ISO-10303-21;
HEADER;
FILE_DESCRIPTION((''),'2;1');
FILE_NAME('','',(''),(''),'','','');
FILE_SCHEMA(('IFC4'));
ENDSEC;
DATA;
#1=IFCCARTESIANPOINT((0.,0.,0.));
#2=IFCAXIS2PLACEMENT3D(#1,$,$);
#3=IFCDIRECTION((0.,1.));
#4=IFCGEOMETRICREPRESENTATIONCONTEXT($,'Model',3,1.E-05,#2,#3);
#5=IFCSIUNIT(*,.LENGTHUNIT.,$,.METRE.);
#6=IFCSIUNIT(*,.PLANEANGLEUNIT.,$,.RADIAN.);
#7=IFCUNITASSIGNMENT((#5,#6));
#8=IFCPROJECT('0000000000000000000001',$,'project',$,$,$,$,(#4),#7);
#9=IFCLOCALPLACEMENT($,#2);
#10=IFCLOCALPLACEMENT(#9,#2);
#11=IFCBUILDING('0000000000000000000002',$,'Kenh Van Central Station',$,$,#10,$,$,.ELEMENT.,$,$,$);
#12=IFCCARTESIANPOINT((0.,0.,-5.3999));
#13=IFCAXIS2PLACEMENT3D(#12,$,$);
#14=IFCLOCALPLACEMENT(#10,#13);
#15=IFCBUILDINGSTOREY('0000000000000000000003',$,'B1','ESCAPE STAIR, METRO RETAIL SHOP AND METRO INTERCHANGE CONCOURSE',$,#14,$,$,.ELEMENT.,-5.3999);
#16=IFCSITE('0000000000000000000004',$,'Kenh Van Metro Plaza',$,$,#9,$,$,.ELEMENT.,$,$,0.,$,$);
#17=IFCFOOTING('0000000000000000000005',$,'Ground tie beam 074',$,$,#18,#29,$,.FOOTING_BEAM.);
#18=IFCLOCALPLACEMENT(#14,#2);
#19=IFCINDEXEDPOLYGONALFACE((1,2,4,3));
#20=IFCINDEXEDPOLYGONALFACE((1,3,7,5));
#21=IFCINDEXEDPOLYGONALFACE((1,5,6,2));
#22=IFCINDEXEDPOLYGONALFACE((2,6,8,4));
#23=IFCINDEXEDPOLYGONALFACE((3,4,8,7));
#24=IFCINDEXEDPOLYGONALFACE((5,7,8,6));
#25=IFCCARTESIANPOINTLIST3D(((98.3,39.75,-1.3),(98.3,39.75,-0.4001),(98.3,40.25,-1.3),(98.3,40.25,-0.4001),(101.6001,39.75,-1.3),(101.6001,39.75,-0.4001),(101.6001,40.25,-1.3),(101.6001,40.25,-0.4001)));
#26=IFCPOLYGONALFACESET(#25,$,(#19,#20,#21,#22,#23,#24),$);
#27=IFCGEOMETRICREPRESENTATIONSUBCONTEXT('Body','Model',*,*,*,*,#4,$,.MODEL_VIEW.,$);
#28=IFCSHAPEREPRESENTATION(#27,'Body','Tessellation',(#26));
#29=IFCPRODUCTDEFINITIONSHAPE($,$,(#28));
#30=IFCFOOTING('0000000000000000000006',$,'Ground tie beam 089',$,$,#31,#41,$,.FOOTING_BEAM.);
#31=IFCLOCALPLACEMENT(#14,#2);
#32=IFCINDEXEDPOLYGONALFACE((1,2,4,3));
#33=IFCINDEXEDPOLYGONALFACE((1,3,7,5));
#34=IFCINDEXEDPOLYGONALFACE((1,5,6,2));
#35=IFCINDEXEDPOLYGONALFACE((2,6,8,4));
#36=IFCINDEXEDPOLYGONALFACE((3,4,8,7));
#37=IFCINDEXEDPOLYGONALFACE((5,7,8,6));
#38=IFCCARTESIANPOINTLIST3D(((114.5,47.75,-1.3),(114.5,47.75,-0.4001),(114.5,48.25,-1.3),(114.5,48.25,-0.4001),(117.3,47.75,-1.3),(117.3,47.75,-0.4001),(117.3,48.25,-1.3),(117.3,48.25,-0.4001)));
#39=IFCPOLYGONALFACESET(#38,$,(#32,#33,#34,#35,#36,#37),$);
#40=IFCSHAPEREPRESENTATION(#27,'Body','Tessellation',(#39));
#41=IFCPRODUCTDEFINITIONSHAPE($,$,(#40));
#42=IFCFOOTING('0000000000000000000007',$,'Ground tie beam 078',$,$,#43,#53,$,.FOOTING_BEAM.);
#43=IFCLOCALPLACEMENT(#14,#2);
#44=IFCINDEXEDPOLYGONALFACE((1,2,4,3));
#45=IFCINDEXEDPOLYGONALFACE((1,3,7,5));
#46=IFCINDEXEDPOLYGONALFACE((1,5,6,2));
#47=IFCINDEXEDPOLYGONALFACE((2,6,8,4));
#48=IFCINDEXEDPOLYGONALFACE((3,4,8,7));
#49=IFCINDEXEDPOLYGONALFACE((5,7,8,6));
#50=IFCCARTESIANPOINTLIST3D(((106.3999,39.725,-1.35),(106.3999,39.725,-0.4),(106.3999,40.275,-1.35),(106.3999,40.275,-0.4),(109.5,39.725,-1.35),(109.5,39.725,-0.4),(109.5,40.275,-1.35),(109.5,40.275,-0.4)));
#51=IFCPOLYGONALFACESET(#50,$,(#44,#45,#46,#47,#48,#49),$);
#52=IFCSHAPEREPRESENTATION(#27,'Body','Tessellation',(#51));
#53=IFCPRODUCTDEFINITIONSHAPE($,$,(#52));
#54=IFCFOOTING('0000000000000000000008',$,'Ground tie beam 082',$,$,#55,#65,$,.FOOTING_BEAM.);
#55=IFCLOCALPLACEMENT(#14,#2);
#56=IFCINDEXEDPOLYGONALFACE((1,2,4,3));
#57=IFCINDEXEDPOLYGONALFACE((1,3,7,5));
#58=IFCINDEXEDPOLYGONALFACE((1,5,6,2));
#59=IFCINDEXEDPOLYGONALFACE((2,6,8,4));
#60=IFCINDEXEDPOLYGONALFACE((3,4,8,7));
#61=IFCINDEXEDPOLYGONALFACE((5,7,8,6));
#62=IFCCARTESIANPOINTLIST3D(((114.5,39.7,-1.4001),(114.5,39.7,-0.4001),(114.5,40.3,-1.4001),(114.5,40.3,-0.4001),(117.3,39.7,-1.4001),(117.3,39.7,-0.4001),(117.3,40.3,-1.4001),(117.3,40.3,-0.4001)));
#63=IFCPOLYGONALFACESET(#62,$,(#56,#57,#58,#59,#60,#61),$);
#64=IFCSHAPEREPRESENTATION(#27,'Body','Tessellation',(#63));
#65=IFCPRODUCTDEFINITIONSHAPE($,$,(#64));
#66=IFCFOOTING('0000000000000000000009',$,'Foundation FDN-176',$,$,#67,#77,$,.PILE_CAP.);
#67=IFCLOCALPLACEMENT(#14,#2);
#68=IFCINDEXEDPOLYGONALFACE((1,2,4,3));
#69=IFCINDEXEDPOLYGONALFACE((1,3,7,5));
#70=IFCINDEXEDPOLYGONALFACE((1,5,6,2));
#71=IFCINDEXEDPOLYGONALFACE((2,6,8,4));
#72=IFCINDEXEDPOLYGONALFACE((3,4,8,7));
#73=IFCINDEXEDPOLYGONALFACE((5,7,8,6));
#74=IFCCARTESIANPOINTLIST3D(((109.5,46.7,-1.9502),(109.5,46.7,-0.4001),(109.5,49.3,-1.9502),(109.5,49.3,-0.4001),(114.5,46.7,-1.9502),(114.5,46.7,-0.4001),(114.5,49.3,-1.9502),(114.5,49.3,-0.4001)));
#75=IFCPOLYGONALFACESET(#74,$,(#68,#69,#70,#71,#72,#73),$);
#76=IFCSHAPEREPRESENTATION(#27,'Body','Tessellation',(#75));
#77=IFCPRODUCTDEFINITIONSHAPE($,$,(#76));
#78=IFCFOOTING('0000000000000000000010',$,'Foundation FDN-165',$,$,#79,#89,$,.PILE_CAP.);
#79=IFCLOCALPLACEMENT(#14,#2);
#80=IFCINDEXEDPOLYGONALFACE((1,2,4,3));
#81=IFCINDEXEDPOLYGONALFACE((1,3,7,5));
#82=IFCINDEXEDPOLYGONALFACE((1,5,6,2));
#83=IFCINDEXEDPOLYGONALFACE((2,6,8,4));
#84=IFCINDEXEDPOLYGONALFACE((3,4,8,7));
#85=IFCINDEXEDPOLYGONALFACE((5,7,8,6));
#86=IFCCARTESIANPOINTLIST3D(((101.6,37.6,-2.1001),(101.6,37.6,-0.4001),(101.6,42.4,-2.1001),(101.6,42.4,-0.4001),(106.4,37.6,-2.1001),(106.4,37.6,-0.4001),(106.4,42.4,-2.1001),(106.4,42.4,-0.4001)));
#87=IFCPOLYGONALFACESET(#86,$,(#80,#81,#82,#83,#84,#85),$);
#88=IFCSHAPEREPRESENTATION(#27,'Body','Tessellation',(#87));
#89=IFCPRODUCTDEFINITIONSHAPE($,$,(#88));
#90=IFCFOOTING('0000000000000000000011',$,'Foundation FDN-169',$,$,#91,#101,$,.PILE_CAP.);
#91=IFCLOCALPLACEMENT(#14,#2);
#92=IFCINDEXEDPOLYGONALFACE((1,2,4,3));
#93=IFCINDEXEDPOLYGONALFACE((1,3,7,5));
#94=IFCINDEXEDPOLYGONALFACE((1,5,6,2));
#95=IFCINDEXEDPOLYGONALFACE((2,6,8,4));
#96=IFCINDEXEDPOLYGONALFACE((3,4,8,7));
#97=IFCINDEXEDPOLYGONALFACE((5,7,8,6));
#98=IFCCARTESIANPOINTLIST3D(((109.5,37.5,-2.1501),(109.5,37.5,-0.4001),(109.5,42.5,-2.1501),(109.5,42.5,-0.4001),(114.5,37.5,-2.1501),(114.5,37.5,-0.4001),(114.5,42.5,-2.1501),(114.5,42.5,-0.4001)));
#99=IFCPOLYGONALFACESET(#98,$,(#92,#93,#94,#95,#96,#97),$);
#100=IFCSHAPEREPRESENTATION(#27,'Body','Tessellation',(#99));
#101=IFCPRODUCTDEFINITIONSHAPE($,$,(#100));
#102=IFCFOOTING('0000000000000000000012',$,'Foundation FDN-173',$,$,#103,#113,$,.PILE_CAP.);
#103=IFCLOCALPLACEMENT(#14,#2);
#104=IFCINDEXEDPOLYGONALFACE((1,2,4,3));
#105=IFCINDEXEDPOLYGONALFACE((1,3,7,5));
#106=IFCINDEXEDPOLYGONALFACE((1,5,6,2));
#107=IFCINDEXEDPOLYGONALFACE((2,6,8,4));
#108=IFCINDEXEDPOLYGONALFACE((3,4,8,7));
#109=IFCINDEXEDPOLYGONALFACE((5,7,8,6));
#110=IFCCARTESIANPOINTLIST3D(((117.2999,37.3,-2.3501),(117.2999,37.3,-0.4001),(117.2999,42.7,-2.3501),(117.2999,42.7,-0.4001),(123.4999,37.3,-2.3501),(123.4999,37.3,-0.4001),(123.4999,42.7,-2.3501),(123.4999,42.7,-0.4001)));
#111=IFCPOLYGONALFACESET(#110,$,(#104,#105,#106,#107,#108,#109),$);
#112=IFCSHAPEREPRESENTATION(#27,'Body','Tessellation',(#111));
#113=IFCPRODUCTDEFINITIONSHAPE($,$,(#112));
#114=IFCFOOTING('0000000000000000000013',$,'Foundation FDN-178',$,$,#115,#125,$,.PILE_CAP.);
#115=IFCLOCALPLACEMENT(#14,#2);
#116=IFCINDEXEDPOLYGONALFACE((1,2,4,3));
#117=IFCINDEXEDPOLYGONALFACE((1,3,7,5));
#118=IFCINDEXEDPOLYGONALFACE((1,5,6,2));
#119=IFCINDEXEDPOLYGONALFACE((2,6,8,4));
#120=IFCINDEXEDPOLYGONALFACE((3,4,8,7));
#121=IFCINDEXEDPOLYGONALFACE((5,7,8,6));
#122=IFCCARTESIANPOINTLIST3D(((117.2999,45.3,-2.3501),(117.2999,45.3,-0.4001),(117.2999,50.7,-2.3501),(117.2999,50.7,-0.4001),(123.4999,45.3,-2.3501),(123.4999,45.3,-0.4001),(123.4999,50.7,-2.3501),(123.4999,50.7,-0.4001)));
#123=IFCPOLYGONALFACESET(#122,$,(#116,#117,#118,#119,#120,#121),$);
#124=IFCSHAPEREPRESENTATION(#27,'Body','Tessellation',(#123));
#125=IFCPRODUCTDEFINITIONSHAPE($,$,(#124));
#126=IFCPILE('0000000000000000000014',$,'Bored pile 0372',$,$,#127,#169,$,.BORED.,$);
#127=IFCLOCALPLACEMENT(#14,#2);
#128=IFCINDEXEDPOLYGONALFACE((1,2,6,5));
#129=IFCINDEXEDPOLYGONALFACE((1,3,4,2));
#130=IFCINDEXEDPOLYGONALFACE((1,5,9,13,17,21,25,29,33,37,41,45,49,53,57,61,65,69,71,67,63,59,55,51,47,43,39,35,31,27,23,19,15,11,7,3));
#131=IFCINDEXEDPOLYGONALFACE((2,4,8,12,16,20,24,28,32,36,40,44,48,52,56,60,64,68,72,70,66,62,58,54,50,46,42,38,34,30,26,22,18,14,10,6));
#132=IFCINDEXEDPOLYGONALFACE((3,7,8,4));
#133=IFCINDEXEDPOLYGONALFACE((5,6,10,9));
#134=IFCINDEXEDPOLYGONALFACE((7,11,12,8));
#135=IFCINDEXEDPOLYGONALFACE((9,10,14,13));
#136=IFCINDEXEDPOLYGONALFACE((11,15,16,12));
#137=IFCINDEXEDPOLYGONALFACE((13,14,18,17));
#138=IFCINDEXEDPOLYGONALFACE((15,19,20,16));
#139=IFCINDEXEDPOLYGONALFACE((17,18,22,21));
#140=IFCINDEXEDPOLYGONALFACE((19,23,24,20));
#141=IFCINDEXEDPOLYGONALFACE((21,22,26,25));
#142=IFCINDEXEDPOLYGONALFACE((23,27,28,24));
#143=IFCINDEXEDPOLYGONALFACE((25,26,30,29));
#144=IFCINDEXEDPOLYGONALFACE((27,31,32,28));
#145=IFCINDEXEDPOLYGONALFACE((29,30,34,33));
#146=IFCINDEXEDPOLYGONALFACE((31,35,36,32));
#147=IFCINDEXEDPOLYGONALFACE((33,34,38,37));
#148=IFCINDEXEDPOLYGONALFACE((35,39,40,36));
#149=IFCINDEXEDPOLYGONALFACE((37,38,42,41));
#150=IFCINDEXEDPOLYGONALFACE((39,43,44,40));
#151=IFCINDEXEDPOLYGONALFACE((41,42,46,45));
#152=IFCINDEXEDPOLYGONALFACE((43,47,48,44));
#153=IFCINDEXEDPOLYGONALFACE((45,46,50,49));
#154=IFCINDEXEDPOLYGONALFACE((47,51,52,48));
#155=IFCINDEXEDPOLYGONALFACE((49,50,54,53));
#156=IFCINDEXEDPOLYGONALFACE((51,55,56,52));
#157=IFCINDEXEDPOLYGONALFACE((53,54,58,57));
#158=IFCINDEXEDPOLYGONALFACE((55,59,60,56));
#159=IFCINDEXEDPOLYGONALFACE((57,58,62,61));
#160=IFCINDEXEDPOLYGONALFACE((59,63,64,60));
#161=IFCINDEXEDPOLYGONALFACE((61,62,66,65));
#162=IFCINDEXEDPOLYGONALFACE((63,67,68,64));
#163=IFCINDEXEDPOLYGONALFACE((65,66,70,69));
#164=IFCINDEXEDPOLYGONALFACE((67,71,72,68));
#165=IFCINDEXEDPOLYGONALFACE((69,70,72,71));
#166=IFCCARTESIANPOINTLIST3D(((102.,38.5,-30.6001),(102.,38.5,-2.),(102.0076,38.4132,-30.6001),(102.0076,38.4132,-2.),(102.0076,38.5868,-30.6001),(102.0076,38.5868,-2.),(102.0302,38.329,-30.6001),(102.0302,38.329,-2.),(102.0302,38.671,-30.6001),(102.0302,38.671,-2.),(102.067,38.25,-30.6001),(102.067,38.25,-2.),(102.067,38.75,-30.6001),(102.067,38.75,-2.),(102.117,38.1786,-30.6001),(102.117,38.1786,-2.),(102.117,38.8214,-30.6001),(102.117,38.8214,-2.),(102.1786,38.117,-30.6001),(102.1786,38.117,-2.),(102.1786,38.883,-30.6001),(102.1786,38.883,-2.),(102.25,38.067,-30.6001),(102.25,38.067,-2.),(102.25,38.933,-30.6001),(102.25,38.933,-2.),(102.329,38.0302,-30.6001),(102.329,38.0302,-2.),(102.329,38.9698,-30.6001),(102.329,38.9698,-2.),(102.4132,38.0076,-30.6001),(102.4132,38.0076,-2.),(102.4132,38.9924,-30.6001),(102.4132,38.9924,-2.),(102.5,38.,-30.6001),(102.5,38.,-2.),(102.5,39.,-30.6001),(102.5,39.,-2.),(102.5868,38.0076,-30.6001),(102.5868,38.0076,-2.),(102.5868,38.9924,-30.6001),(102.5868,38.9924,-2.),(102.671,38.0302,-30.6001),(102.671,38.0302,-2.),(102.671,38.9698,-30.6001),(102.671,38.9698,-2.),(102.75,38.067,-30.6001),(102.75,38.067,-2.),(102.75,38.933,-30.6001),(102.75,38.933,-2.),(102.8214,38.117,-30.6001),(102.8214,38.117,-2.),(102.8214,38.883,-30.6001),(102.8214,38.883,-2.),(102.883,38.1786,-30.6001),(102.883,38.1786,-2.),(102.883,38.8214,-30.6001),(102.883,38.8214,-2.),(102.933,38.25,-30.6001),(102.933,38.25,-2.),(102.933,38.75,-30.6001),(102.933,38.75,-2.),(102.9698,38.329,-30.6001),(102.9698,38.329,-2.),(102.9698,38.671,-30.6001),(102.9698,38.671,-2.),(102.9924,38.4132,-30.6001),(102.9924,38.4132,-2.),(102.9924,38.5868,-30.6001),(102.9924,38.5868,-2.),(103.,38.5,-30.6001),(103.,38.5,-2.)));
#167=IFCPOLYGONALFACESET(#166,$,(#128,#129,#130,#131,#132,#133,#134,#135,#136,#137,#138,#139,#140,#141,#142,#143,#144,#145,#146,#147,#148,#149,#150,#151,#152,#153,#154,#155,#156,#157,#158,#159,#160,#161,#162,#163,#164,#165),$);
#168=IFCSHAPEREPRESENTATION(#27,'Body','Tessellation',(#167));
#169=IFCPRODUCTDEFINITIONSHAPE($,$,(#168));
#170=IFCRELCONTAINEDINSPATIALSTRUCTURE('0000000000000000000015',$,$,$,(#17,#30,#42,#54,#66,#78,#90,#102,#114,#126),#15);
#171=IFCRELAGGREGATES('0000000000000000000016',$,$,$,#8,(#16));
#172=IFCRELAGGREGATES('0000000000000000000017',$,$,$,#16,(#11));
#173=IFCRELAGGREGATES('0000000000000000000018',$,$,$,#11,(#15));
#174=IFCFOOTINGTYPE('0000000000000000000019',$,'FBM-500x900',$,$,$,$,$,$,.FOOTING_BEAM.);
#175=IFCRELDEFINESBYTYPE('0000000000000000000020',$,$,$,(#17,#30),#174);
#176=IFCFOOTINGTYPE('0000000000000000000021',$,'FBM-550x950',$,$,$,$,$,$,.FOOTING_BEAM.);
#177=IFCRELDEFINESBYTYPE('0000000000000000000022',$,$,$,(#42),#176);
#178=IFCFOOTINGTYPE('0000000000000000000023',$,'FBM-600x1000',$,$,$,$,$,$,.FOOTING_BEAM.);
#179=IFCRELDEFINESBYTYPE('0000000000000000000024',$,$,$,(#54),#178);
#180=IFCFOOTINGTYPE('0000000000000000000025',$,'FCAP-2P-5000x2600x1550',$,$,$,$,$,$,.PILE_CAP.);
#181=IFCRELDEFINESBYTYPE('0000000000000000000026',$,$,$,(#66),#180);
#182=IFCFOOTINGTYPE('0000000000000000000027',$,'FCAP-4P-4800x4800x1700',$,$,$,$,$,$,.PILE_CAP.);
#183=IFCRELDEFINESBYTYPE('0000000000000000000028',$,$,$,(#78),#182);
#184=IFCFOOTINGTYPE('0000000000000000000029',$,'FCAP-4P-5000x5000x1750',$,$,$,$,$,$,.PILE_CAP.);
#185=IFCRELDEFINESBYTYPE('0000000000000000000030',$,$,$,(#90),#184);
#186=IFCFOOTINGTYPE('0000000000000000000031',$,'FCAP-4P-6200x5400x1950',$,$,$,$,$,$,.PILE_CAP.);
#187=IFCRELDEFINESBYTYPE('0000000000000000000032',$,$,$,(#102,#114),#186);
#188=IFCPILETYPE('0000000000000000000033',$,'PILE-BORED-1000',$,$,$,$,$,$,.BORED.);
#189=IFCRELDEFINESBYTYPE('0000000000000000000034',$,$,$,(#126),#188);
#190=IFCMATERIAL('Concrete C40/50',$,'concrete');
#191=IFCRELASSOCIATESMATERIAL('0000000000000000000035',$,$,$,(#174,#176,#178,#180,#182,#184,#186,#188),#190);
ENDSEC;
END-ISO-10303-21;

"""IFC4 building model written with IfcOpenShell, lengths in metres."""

from ifc_helpers import new_model, si_unit, direction, frame, origin, origin_2d, place, context, subcontext, project, spatial, rectangle, circle, extrude, material, material_profile, profile_set, type_object, element, save


model = new_model("IFC4")

# Units and contexts
model_context = context("Model", 3, precision=1e-05, world=origin(), true_north=direction((0.0, 1.0)))
body_context = subcontext(model_context, "Body", "Model", "MODEL_VIEW")
ifc_project = project(units=[si_unit("LENGTHUNIT", "METRE"), si_unit("PLANEANGLEUNIT", "RADIAN")], contexts=[model_context])

# Site, building, storey
site_placement = place(None, origin())
site = spatial("IfcSite", under=ifc_project, at=site_placement, Name="Kenh Van Metro Plaza", CompositionType="ELEMENT", RefElevation=0.0)
building_placement = place(site_placement, origin())
building = spatial("IfcBuilding", under=site, at=building_placement, Name="Kenh Van Central Station", CompositionType="ELEMENT")
storey_placement = place(building_placement, frame((0.0, 0.0, -5.3999)))
storey = spatial("IfcBuildingStorey", under=building, at=storey_placement, Name="B1", Description="ESCAPE STAIR, METRO RETAIL SHOP AND METRO INTERCHANGE CONCOURSE", CompositionType="ELEMENT", Elevation=-5.3999)

# Footings
ifc_material_1 = material(Name="Concrete C40/50", Category="concrete")
ifc_material_profile_1 = material_profile(ifc_material_1, rectangle(XDim=0.5, YDim=0.8999, at=origin_2d()), Name="RC 500x900")
ifc_profile_set_1 = profile_set([ifc_material_profile_1], Name="Concrete C40/50")
footing_type_1 = type_object("IfcFootingType", Name="FBM-500x900", PredefinedType="FOOTING_BEAM", material=ifc_profile_set_1)
footing_1_placement = place(storey_placement, frame((98.3, 40.0, -0.8501), z_axis=(1.0, 0.0, 0.0), x_axis=(0.0, 1.0, 0.0)))
element("IfcFooting", 1, at=footing_1_placement, inside=storey, type_object=footing_type_1, Name="Ground tie beam 074", PredefinedType="FOOTING_BEAM", context=body_context, shape_type="SweptSolid", body=[
    extrude(rectangle(XDim=0.5, YDim=0.8999, at=origin_2d()), origin(), (0.0, 0.0, 1.0), 3.3),
])
footing_2_placement = place(storey_placement, frame((114.5, 48.0, -0.8501), z_axis=(1.0, 0.0, 0.0), x_axis=(0.0, 1.0, 0.0)))
element("IfcFooting", 2, at=footing_2_placement, inside=storey, type_object=footing_type_1, Name="Ground tie beam 089", PredefinedType="FOOTING_BEAM", context=body_context, shape_type="SweptSolid", body=[
    extrude(rectangle(XDim=0.5, YDim=0.8999, at=origin_2d()), origin(), (0.0, 0.0, 1.0), 2.8),
])
ifc_material_profile_2 = material_profile(ifc_material_1, rectangle(XDim=0.55, YDim=0.95, at=origin_2d()), Name="RC 550x950")
ifc_profile_set_2 = profile_set([ifc_material_profile_2], Name="Concrete C40/50")
footing_type_2 = type_object("IfcFootingType", Name="FBM-550x950", PredefinedType="FOOTING_BEAM", material=ifc_profile_set_2)
footing_3_placement = place(storey_placement, frame((106.3999, 40.0, -0.875), z_axis=(1.0, 0.0, 0.0), x_axis=(0.0, 1.0, 0.0)))
element("IfcFooting", 3, at=footing_3_placement, inside=storey, type_object=footing_type_2, Name="Ground tie beam 078", PredefinedType="FOOTING_BEAM", context=body_context, shape_type="SweptSolid", body=[
    extrude(rectangle(XDim=0.55, YDim=0.95, at=origin_2d()), origin(), (0.0, 0.0, 1.0), 3.1001),
])
ifc_material_profile_3 = material_profile(ifc_material_1, rectangle(XDim=0.6001, YDim=1.0, at=origin_2d()), Name="RC 600x1000")
ifc_profile_set_3 = profile_set([ifc_material_profile_3], Name="Concrete C40/50")
footing_type_3 = type_object("IfcFootingType", Name="FBM-600x1000", PredefinedType="FOOTING_BEAM", material=ifc_profile_set_3)
footing_4_placement = place(storey_placement, frame((114.5, 40.0, -0.9001), z_axis=(1.0, 0.0, 0.0), x_axis=(0.0, 1.0, 0.0)))
element("IfcFooting", 4, at=footing_4_placement, inside=storey, type_object=footing_type_3, Name="Ground tie beam 082", PredefinedType="FOOTING_BEAM", context=body_context, shape_type="SweptSolid", body=[
    extrude(rectangle(XDim=0.6001, YDim=1.0, at=origin_2d()), origin(), (0.0, 0.0, 1.0), 2.8),
])
footing_type_4 = type_object("IfcFootingType", Name="FCAP-2P-5000x2600x1550", PredefinedType="PILE_CAP", material=ifc_material_1)
footing_5_placement = place(storey_placement, frame((112.0, 48.0, -1.9502), z_axis=(0.0, 0.0, 1.0), x_axis=(1.0, 0.0, 0.0)))
element("IfcFooting", 5, at=footing_5_placement, inside=storey, type_object=footing_type_4, Name="Foundation FDN-176", PredefinedType="PILE_CAP", context=body_context, shape_type="SweptSolid", body=[
    extrude(rectangle(XDim=5.0, YDim=2.6001, at=origin_2d()), origin(), (0.0, 0.0, 1.0), 1.55),
])
footing_type_5 = type_object("IfcFootingType", Name="FCAP-4P-4800x4800x1700", PredefinedType="PILE_CAP", material=ifc_material_1)
footing_6_placement = place(storey_placement, frame((104.0, 40.0, -2.1001), z_axis=(0.0, 0.0, 1.0), x_axis=(1.0, 0.0, 0.0)))
element("IfcFooting", 6, at=footing_6_placement, inside=storey, type_object=footing_type_5, Name="Foundation FDN-165", PredefinedType="PILE_CAP", context=body_context, shape_type="SweptSolid", body=[
    extrude(rectangle(XDim=4.8, YDim=4.8, at=origin_2d()), origin(), (0.0, 0.0, 1.0), 1.7),
])
footing_type_6 = type_object("IfcFootingType", Name="FCAP-4P-5000x5000x1750", PredefinedType="PILE_CAP", material=ifc_material_1)
footing_7_placement = place(storey_placement, frame((112.0, 40.0, -2.1501), z_axis=(0.0, 0.0, 1.0), x_axis=(1.0, 0.0, 0.0)))
element("IfcFooting", 7, at=footing_7_placement, inside=storey, type_object=footing_type_6, Name="Foundation FDN-169", PredefinedType="PILE_CAP", context=body_context, shape_type="SweptSolid", body=[
    extrude(rectangle(XDim=5.0, YDim=5.0, at=origin_2d()), origin(), (0.0, 0.0, 1.0), 1.75),
])
footing_type_7 = type_object("IfcFootingType", Name="FCAP-4P-6200x5400x1950", PredefinedType="PILE_CAP", material=ifc_material_1)
for number, where, z_axis, x_axis, name in (
    (8, (120.3999, 40.0, -2.3501), (0.0, 0.0, 1.0), (1.0, 0.0, 0.0), "Foundation FDN-173"),
    (9, (120.3999, 48.0, -2.3501), (0.0, 0.0, 1.0), (1.0, 0.0, 0.0), "Foundation FDN-178"),
):
    element("IfcFooting", number, at=place(storey_placement, frame(where, z_axis=z_axis, x_axis=x_axis)), inside=storey, type_object=footing_type_7, Name=name, PredefinedType="PILE_CAP", context=body_context, shape_type="SweptSolid", body=[
        extrude(rectangle(XDim=6.2, YDim=5.3999, at=origin_2d()), origin(), (0.0, 0.0, 1.0), 1.95),
    ])

# Pile
ifc_material_profile_4 = material_profile(ifc_material_1, circle(Radius=0.5, at=origin_2d()), Name="PILE D1000")
ifc_profile_set_4 = profile_set([ifc_material_profile_4], Name="Concrete C40/50")
pile_type_1 = type_object("IfcPileType", Name="PILE-BORED-1000", PredefinedType="BORED", material=ifc_profile_set_4)
for number, where, z_axis, x_axis, name in (
    (10, (102.5, 38.5, -2.0), (0.0, 0.0, -1.0), (1.0, 0.0, 0.0), "Bored pile 0372"),
):
    element("IfcPile", number, at=place(storey_placement, frame(where, z_axis=z_axis, x_axis=x_axis)), inside=storey, type_object=pile_type_1, Name=name, PredefinedType="BORED", context=body_context, shape_type="SweptSolid", body=[
        extrude(circle(Radius=0.5, at=origin_2d()), origin(), (0.0, 0.0, 1.0), 28.6001),
    ])

save(model, "model.ifc")
